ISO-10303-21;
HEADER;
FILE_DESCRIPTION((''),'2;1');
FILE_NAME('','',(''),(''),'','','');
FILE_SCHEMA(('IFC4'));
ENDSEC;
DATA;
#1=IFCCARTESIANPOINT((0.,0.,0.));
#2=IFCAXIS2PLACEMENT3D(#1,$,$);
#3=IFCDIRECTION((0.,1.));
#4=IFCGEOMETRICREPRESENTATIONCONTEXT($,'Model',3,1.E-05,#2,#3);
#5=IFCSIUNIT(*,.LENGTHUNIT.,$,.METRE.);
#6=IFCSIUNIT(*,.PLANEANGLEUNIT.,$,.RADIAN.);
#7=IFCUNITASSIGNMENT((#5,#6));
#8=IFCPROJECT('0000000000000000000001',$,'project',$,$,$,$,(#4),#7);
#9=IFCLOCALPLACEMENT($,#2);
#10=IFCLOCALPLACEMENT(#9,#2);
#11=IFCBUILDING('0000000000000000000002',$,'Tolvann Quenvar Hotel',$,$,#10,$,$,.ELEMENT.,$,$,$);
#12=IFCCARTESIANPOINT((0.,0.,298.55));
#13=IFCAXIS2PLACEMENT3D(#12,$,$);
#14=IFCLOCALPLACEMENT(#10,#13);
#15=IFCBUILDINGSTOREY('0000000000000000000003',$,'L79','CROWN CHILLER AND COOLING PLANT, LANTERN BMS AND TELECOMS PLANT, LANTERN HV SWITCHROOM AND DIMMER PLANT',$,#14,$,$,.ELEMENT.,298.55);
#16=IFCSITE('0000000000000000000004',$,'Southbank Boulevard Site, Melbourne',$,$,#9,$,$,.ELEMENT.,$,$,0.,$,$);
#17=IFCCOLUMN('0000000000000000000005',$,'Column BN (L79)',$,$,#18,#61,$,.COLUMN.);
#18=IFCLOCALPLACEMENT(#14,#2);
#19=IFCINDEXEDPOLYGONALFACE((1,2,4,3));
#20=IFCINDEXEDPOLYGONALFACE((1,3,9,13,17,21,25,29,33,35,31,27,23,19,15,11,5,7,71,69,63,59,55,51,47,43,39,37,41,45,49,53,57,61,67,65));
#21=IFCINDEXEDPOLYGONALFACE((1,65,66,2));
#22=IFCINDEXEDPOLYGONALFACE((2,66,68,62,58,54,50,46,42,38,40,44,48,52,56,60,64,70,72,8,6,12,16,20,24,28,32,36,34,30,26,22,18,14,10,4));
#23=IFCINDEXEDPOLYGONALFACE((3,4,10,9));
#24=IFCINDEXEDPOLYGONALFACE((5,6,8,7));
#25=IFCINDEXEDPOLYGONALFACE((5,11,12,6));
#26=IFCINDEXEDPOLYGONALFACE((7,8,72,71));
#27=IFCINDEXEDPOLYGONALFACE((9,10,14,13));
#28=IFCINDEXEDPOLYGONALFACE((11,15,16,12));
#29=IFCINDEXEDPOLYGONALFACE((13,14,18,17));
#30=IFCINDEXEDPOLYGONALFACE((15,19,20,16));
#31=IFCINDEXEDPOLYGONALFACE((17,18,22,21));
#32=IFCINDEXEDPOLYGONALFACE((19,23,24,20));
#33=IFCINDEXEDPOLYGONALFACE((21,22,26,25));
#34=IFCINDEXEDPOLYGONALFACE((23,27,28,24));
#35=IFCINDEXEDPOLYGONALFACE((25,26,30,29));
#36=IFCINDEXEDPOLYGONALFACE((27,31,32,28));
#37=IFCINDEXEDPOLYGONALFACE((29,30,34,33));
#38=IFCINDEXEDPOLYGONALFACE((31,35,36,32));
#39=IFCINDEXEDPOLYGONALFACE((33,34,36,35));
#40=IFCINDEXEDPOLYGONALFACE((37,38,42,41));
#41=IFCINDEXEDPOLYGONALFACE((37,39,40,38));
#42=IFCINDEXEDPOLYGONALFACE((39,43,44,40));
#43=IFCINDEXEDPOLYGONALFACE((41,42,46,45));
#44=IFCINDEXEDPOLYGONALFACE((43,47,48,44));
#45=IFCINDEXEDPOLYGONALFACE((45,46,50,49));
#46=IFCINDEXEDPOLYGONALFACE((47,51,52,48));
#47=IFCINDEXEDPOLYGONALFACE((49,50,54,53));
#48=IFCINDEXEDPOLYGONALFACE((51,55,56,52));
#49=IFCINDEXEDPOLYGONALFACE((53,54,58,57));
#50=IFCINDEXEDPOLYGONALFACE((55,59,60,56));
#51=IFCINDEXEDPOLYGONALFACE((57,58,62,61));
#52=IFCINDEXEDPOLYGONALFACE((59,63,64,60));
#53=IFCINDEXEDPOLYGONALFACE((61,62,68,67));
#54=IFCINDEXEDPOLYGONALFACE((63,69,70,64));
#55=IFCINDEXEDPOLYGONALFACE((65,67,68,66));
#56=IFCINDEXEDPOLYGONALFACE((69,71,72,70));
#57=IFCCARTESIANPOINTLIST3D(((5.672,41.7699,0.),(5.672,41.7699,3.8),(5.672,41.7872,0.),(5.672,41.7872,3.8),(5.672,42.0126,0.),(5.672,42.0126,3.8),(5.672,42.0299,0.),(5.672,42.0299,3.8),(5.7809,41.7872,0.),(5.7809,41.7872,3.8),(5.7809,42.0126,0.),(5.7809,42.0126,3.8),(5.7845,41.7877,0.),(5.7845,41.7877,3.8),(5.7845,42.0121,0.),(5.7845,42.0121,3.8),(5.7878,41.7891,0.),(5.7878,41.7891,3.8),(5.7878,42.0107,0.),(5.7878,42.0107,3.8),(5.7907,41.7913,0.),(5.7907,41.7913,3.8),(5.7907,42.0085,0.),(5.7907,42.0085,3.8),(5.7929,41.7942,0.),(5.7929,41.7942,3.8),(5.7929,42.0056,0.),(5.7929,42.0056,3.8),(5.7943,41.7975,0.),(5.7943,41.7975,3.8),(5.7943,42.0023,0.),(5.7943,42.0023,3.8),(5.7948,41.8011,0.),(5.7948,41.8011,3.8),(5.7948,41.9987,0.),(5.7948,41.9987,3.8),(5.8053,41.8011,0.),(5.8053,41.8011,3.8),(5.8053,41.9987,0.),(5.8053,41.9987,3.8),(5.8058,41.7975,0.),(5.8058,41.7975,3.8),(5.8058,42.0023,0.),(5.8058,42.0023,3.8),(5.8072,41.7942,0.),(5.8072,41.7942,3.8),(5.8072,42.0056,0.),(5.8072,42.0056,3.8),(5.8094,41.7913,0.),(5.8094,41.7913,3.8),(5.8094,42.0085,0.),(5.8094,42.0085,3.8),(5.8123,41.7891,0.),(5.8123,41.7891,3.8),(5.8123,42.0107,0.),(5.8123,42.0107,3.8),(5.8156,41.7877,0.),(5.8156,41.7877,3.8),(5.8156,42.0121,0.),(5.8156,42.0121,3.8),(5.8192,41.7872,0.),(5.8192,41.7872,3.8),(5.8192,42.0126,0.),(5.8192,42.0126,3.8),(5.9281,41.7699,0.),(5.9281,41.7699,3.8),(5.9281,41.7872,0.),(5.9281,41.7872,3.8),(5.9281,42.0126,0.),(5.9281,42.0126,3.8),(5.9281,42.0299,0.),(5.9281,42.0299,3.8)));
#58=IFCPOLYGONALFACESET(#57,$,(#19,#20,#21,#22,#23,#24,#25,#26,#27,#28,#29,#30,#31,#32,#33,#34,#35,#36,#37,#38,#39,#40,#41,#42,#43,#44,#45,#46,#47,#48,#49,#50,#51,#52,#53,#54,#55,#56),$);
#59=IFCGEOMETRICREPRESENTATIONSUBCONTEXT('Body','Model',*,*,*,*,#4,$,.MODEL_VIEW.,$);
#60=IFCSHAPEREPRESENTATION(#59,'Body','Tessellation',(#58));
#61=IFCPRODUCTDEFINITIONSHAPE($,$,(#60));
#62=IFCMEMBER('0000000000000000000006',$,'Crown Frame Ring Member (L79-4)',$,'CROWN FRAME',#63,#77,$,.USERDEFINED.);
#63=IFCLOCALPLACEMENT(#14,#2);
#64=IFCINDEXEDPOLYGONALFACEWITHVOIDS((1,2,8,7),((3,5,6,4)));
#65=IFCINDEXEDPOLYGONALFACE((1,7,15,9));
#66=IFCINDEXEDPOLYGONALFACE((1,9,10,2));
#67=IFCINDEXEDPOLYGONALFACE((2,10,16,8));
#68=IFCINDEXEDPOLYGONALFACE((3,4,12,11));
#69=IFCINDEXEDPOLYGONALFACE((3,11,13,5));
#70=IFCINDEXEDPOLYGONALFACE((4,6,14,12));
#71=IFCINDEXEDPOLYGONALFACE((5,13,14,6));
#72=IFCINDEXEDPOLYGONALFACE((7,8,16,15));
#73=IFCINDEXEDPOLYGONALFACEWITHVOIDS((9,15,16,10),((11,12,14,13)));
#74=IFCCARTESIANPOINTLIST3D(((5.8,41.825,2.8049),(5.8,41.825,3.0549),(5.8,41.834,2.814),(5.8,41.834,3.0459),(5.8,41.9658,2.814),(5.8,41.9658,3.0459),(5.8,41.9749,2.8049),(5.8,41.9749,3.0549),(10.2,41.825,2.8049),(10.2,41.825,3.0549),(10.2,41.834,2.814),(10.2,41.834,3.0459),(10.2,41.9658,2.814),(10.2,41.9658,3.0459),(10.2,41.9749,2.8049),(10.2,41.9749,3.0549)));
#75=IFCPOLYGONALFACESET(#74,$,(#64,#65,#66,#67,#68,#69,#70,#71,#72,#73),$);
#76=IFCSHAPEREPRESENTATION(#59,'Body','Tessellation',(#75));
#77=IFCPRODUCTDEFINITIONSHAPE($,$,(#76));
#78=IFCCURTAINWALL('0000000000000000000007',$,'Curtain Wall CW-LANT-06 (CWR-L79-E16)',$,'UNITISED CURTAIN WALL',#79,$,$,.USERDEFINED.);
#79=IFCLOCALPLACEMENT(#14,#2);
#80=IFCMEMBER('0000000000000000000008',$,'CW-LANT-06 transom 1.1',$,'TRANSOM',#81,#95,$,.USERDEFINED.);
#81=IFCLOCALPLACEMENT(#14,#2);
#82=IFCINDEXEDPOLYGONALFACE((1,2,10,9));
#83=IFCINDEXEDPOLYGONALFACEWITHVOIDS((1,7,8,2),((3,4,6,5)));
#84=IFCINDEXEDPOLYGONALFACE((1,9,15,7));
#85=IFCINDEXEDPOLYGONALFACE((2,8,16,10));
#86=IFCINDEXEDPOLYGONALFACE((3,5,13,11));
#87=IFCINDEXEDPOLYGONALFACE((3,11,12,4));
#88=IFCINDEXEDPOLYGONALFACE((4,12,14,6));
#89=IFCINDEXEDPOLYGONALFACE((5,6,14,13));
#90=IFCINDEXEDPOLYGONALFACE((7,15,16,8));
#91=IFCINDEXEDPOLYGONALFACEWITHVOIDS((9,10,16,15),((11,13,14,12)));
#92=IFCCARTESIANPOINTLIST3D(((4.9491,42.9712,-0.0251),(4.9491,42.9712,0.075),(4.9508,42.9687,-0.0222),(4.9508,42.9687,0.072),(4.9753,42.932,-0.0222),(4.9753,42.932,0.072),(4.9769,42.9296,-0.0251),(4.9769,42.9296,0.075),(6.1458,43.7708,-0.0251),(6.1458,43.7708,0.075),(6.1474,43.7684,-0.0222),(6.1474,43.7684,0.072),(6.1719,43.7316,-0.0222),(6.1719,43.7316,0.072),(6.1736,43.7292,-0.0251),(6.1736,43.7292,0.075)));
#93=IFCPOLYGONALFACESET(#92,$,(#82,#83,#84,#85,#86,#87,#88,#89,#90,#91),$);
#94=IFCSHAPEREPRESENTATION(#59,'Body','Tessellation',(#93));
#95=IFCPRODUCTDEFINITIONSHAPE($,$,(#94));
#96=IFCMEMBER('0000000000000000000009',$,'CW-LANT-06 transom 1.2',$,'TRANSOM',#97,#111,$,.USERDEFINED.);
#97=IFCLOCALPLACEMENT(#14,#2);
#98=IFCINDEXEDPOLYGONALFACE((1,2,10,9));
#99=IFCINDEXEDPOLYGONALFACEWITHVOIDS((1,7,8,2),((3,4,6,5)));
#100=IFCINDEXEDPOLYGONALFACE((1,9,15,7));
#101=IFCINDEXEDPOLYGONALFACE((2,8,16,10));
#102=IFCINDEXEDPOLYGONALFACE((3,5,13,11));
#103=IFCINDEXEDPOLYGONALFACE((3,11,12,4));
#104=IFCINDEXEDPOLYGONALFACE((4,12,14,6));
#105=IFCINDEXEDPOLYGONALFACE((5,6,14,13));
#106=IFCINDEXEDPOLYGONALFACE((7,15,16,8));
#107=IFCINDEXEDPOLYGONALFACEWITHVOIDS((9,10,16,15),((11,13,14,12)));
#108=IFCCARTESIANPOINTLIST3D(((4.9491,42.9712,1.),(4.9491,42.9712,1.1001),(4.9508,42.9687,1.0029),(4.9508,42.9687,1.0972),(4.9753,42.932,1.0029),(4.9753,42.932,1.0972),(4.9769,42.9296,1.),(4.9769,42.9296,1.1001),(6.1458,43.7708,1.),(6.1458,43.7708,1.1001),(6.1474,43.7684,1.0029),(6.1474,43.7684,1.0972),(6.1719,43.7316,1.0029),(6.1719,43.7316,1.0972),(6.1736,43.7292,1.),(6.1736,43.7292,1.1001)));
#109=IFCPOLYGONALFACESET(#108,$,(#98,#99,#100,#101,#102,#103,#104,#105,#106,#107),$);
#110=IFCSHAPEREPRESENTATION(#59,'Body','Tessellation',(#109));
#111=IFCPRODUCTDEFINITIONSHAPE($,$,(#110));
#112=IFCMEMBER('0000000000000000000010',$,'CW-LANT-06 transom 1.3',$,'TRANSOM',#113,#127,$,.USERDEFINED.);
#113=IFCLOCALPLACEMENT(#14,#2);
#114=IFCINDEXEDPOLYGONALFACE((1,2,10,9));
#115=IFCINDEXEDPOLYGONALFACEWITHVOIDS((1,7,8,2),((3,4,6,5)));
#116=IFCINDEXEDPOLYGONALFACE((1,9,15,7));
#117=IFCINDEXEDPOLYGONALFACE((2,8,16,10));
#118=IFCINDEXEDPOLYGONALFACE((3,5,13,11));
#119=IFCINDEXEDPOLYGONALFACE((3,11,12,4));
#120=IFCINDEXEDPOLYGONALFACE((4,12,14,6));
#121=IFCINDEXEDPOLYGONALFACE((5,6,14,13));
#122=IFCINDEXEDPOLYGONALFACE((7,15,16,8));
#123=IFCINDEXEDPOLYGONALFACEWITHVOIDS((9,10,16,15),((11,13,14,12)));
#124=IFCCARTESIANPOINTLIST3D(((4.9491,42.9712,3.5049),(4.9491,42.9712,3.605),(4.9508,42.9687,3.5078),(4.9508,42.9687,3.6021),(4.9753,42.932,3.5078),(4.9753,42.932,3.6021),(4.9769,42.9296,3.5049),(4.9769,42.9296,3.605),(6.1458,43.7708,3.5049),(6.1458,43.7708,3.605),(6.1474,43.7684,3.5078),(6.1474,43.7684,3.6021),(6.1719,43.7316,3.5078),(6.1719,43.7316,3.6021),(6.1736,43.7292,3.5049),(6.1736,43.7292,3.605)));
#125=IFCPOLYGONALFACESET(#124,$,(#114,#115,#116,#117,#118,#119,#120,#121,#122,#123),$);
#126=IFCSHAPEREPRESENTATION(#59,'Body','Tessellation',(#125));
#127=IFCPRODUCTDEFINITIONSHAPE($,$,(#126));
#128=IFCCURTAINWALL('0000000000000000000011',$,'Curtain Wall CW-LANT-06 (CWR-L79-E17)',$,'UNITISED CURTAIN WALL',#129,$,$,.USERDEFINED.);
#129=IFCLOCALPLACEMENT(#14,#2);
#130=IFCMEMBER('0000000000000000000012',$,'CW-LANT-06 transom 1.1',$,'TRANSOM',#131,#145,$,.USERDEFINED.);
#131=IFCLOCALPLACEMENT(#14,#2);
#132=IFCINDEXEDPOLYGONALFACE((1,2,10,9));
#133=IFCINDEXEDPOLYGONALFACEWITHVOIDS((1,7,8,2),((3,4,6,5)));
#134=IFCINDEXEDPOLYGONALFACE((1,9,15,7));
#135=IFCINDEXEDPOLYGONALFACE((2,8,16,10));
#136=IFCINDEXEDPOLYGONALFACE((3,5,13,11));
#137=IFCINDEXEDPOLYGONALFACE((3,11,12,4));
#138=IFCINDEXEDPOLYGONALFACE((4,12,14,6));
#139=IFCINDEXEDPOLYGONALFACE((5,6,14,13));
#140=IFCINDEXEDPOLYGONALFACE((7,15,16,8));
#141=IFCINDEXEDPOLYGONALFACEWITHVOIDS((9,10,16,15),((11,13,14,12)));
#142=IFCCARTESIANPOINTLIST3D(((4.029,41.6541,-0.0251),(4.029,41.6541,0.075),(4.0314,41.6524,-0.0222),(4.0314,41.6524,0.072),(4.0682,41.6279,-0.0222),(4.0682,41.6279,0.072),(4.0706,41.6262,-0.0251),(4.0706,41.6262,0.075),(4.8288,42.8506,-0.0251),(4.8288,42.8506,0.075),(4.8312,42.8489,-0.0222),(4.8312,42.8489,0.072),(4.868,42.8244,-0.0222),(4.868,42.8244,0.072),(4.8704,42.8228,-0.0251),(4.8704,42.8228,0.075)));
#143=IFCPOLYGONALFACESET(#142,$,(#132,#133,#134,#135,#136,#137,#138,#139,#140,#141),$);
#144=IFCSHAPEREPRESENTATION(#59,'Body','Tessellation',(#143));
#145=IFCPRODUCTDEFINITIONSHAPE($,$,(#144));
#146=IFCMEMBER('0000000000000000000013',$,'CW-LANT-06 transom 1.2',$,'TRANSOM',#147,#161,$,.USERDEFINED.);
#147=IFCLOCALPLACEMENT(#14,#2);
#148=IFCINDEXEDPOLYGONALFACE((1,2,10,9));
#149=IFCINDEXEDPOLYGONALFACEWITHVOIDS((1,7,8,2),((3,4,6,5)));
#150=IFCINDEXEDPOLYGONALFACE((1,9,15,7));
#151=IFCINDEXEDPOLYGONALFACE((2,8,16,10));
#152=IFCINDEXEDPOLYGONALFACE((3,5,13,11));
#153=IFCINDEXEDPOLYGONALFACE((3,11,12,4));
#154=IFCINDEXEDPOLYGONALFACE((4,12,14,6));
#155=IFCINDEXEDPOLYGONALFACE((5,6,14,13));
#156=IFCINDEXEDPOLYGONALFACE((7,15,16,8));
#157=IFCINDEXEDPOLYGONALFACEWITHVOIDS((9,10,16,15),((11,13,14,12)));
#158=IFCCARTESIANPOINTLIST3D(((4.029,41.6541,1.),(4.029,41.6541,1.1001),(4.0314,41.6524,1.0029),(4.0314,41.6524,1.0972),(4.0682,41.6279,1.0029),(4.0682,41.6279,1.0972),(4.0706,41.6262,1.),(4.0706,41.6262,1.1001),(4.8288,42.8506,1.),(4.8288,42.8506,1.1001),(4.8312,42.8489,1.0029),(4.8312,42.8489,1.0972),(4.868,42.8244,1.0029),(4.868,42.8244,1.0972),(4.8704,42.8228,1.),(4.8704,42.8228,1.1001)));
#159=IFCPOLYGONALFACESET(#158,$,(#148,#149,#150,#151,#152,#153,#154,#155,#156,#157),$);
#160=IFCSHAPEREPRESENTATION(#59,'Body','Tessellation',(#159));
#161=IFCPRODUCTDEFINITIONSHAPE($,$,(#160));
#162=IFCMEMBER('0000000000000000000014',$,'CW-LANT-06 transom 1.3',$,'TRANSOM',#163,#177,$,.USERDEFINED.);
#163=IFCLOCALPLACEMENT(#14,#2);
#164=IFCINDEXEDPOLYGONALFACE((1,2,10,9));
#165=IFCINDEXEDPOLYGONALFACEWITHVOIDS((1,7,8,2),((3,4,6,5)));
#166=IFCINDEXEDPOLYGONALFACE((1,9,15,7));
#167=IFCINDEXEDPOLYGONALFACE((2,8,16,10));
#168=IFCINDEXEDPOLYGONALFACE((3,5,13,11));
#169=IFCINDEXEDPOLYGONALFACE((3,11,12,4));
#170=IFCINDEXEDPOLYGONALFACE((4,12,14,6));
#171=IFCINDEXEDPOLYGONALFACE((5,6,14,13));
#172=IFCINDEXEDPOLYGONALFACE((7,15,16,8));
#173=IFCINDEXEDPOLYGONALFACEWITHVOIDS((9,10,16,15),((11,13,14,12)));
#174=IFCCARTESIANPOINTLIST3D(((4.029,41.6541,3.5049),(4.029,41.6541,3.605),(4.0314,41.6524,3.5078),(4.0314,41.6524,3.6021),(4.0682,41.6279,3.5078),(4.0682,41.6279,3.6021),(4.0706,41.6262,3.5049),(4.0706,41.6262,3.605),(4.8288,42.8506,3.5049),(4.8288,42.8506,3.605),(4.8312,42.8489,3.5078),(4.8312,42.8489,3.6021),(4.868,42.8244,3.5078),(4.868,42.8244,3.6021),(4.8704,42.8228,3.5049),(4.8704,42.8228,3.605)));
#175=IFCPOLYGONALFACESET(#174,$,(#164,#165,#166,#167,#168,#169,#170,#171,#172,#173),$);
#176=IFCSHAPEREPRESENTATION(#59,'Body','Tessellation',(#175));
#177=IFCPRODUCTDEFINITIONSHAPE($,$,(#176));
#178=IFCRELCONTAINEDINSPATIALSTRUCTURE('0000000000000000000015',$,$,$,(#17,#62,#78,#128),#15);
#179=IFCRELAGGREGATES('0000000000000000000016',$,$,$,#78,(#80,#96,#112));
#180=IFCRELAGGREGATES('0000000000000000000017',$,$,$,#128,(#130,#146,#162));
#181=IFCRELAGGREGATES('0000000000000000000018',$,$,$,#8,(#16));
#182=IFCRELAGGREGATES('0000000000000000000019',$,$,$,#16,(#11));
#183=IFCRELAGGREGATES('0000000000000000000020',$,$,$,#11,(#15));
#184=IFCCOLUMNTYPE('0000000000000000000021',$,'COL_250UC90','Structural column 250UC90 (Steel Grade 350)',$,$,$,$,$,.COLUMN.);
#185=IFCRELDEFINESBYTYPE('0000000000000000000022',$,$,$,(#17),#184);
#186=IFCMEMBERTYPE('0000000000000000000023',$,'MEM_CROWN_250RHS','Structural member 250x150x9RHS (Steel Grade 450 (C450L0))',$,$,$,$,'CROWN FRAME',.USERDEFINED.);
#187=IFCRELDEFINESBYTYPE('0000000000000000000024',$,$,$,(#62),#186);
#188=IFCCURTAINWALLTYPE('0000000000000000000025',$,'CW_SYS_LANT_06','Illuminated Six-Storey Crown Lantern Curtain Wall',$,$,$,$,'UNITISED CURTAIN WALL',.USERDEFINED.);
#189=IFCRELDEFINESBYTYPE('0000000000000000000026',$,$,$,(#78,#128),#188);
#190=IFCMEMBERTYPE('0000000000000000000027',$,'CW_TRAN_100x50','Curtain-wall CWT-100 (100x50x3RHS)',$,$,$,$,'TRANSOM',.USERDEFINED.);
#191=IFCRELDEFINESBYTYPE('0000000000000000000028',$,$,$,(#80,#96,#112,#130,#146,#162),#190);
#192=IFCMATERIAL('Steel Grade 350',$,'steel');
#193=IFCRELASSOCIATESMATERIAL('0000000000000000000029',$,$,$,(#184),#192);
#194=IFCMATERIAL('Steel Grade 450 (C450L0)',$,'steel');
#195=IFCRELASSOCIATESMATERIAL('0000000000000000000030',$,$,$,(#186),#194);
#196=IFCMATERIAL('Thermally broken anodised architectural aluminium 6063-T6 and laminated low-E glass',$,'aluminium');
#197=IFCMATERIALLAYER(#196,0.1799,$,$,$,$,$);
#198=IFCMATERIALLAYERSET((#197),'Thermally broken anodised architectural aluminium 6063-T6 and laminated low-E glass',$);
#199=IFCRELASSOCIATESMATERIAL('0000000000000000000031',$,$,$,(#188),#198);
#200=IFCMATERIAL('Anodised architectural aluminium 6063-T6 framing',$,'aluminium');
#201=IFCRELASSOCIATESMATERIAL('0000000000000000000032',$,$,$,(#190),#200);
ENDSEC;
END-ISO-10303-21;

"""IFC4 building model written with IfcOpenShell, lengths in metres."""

from ifc_helpers import new_model, si_unit, direction, frame, origin, origin_2d, place, context, subcontext, project, spatial, hollow_rectangle, i_section, extrude, source, transform, mapped, material, layer, layer_set, material_profile, profile_set, type_object, type_shapes, element, aggregate, save


model = new_model("IFC4")

# Units and contexts
model_context = context("Model", 3, precision=1e-05, world=origin(), true_north=direction((0.0, 1.0)))
body_context = subcontext(model_context, "Body", "Model", "MODEL_VIEW")
ifc_project = project(units=[si_unit("LENGTHUNIT", "METRE"), si_unit("PLANEANGLEUNIT", "RADIAN")], contexts=[model_context])

# Site, building, storey
site_placement = place(None, origin())
site = spatial("IfcSite", under=ifc_project, at=site_placement, Name="Southbank Boulevard Site, Melbourne", CompositionType="ELEMENT", RefElevation=0.0)
building_placement = place(site_placement, origin())
building = spatial("IfcBuilding", under=site, at=building_placement, Name="Tolvann Quenvar Hotel", CompositionType="ELEMENT")
storey_placement = place(building_placement, frame((0.0, 0.0, 298.55)))
storey = spatial("IfcBuildingStorey", under=building, at=storey_placement, Name="L79", Description="CROWN CHILLER AND COOLING PLANT, LANTERN BMS AND TELECOMS PLANT, LANTERN HV SWITCHROOM AND DIMMER PLANT", CompositionType="ELEMENT", Elevation=298.55)

# Column
ifc_material_1 = material(Name="Steel Grade 350", Category="steel")
ifc_material_profile_1 = material_profile(ifc_material_1, i_section(OverallWidth=0.2561, OverallDepth=0.26, WebThickness=0.0105, FlangeThickness=0.0173, FilletRadius=0.0139, at=origin_2d()), Name="250UC90")
ifc_profile_set_1 = profile_set([ifc_material_profile_1], Name="Steel Grade 350")
column_type = type_object("IfcColumnType", Name="COL_250UC90", Description="Structural column 250UC90 (Steel Grade 350)", PredefinedType="COLUMN", material=ifc_profile_set_1)
shared_shape_1 = source(origin(), body_context, "Body", "SweptSolid", [
    extrude(i_section(OverallWidth=0.2561, OverallDepth=0.26, WebThickness=0.0105, FlangeThickness=0.0173, FilletRadius=0.0139, at=origin_2d()), origin(), (0.0, 0.0, 1.0), 3.8),
])
type_shapes(column_type, [shared_shape_1])
column_placement = place(storey_placement, frame((5.8, 41.8999, 0.0), z_axis=(0.0, 0.0, 1.0), x_axis=(1.0, 0.0, 0.0)))
element("IfcColumn", 1, at=column_placement, inside=storey, type_object=column_type, Name="Column BN (L79)", PredefinedType="COLUMN", context=body_context, shape_type="MappedRepresentation", body=[
    mapped(shared_shape_1, transform((0.0, 0.0, 0.0), x_axis=(1.0, 0.0, 0.0), y_axis=(0.0, 1.0, 0.0), z_axis=(0.0, 0.0, 1.0), scale=1.0)),
])

# Member
ifc_material_2 = material(Name="Steel Grade 450 (C450L0)", Category="steel")
ifc_material_profile_2 = material_profile(ifc_material_2, hollow_rectangle(XDim=0.1499, YDim=0.25, WallThickness=0.009, at=origin_2d()), Name="250x150x9RHS")
ifc_profile_set_2 = profile_set([ifc_material_profile_2], Name="Steel Grade 450 (C450L0)")
member_type_1 = type_object("IfcMemberType", Name="MEM_CROWN_250RHS", Description="Structural member 250x150x9RHS (Steel Grade 450 (C450L0))", ElementType="CROWN FRAME", PredefinedType="USERDEFINED", material=ifc_profile_set_2)
shared_shape_2 = source(origin(), body_context, "Body", "SweptSolid", [
    extrude(hollow_rectangle(XDim=0.1499, YDim=0.25, WallThickness=0.009, at=origin_2d()), origin(), (0.0, 0.0, 1.0), 4.3999),
])
type_shapes(member_type_1, [shared_shape_2])
member_1_placement = place(storey_placement, frame((5.8, 41.8999, 2.9299), z_axis=(1.0, 0.0, 0.0), x_axis=(0.0, 1.0, 0.0)))
element("IfcMember", 2, at=member_1_placement, inside=storey, type_object=member_type_1, Name="Crown Frame Ring Member (L79-4)", ObjectType="CROWN FRAME", PredefinedType="USERDEFINED", context=body_context, shape_type="MappedRepresentation", body=[
    mapped(shared_shape_2, transform((0.0, 0.0, 0.0), x_axis=(1.0, 0.0, 0.0), y_axis=(0.0, 1.0, 0.0), z_axis=(0.0, 0.0, 1.0), scale=1.0)),
])

# Curtain walls, members
ifc_material_3 = material(Name="Thermally broken anodised architectural aluminium 6063-T6 and laminated low-E glass", Category="aluminium")
ifc_layer_1 = layer(ifc_material_3, 0.1799)
ifc_layer_set_1 = layer_set([ifc_layer_1], Name="Thermally broken anodised architectural aluminium 6063-T6 and laminated low-E glass")
curtain_wall_type = type_object("IfcCurtainWallType", Name="CW_SYS_LANT_06", Description="Illuminated Six-Storey Crown Lantern Curtain Wall", ElementType="UNITISED CURTAIN WALL", PredefinedType="USERDEFINED", material=ifc_layer_set_1)
curtain_wall_1_placement = place(storey_placement, origin())
curtain_wall_1 = element("IfcCurtainWall", 3, at=curtain_wall_1_placement, inside=storey, type_object=curtain_wall_type, Name="Curtain Wall CW-LANT-06 (CWR-L79-E16)", ObjectType="UNITISED CURTAIN WALL", PredefinedType="USERDEFINED")
ifc_material_4 = material(Name="Anodised architectural aluminium 6063-T6 framing", Category="aluminium")
ifc_material_profile_3 = material_profile(ifc_material_4, hollow_rectangle(XDim=0.05, YDim=0.1001, WallThickness=0.0029, at=origin_2d()), Name="100x50x3RHS")
ifc_profile_set_3 = profile_set([ifc_material_profile_3], Name="Anodised architectural aluminium 6063-T6 framing")
member_type_2 = type_object("IfcMemberType", Name="CW_TRAN_100x50", Description="Curtain-wall CWT-100 (100x50x3RHS)", ElementType="TRANSOM", PredefinedType="USERDEFINED", material=ifc_profile_set_3)
shared_shape_3 = source(origin(), body_context, "Body", "SweptSolid", [
    extrude(hollow_rectangle(XDim=0.05, YDim=0.1001, WallThickness=0.0029, at=origin_2d()), origin(), (0.0, 0.0, 1.0), 1.4392),
])
member_2_placement = place(storey_placement, frame((6.1597, 43.75, 0.0249), z_axis=(-0.83145, -0.5556, 0.0), x_axis=(0.5556, -0.83145, 0.0)))
member_2 = element("IfcMember", 4, at=member_2_placement, type_object=member_type_2, Name="CW-LANT-06 transom 1.1", ObjectType="TRANSOM", PredefinedType="USERDEFINED", context=body_context, shape_type="MappedRepresentation", body=[
    mapped(shared_shape_3, transform((0.0, 0.0, 0.0), x_axis=(1.0, 0.0, 0.0), y_axis=(0.0, 1.0, 0.0), z_axis=(0.0, 0.0, 1.0), scale=1.0)),
])
member_3_placement = place(storey_placement, frame((6.1597, 43.75, 1.05), z_axis=(-0.83145, -0.5556, 0.0), x_axis=(0.5556, -0.83145, 0.0)))
member_3 = element("IfcMember", 5, at=member_3_placement, type_object=member_type_2, Name="CW-LANT-06 transom 1.2", ObjectType="TRANSOM", PredefinedType="USERDEFINED", context=body_context, shape_type="MappedRepresentation", body=[
    mapped(shared_shape_3, transform((0.0, 0.0, 0.0), x_axis=(1.0, 0.0, 0.0), y_axis=(0.0, 1.0, 0.0), z_axis=(0.0, 0.0, 1.0), scale=1.0)),
])
member_4_placement = place(storey_placement, frame((6.1597, 43.75, 3.5549), z_axis=(-0.83145, -0.5556, 0.0), x_axis=(0.5556, -0.83145, 0.0)))
member_4 = element("IfcMember", 6, at=member_4_placement, type_object=member_type_2, Name="CW-LANT-06 transom 1.3", ObjectType="TRANSOM", PredefinedType="USERDEFINED", context=body_context, shape_type="MappedRepresentation", body=[
    mapped(shared_shape_3, transform((0.0, 0.0, 0.0), x_axis=(1.0, 0.0, 0.0), y_axis=(0.0, 1.0, 0.0), z_axis=(0.0, 0.0, 1.0), scale=1.0)),
])
curtain_wall_2_placement = place(storey_placement, origin())
curtain_wall_2 = element("IfcCurtainWall", 7, at=curtain_wall_2_placement, inside=storey, type_object=curtain_wall_type, Name="Curtain Wall CW-LANT-06 (CWR-L79-E17)", ObjectType="UNITISED CURTAIN WALL", PredefinedType="USERDEFINED")
member_5_placement = place(storey_placement, frame((4.8496, 42.8367, 0.0249), z_axis=(-0.555718, -0.831371, 0.0), x_axis=(0.831371, -0.555718, 0.0)))
member_5 = element("IfcMember", 8, at=member_5_placement, type_object=member_type_2, Name="CW-LANT-06 transom 1.1", ObjectType="TRANSOM", PredefinedType="USERDEFINED", context=body_context, shape_type="MappedRepresentation", body=[
    mapped(shared_shape_3, transform((0.0, 0.0, 0.0), x_axis=(1.0, 0.0, 0.0), y_axis=(0.0, 1.0, 0.0), z_axis=(0.0, 0.0, 1.0), scale=1.0)),
])
member_6_placement = place(storey_placement, frame((4.8496, 42.8367, 1.05), z_axis=(-0.555718, -0.831371, 0.0), x_axis=(0.831371, -0.555718, 0.0)))
member_6 = element("IfcMember", 9, at=member_6_placement, type_object=member_type_2, Name="CW-LANT-06 transom 1.2", ObjectType="TRANSOM", PredefinedType="USERDEFINED", context=body_context, shape_type="MappedRepresentation", body=[
    mapped(shared_shape_3, transform((0.0, 0.0, 0.0), x_axis=(1.0, 0.0, 0.0), y_axis=(0.0, 1.0, 0.0), z_axis=(0.0, 0.0, 1.0), scale=1.0)),
])
member_7_placement = place(storey_placement, frame((4.8496, 42.8367, 3.5549), z_axis=(-0.555718, -0.831371, 0.0), x_axis=(0.831371, -0.555718, 0.0)))
member_7 = element("IfcMember", 10, at=member_7_placement, type_object=member_type_2, Name="CW-LANT-06 transom 1.3", ObjectType="TRANSOM", PredefinedType="USERDEFINED", context=body_context, shape_type="MappedRepresentation", body=[
    mapped(shared_shape_3, transform((0.0, 0.0, 0.0), x_axis=(1.0, 0.0, 0.0), y_axis=(0.0, 1.0, 0.0), z_axis=(0.0, 0.0, 1.0), scale=1.0)),
])

aggregate(curtain_wall_1, [member_2, member_3, member_4])
aggregate(curtain_wall_2, [member_5, member_6, member_7])

save(model, "model.ifc")
